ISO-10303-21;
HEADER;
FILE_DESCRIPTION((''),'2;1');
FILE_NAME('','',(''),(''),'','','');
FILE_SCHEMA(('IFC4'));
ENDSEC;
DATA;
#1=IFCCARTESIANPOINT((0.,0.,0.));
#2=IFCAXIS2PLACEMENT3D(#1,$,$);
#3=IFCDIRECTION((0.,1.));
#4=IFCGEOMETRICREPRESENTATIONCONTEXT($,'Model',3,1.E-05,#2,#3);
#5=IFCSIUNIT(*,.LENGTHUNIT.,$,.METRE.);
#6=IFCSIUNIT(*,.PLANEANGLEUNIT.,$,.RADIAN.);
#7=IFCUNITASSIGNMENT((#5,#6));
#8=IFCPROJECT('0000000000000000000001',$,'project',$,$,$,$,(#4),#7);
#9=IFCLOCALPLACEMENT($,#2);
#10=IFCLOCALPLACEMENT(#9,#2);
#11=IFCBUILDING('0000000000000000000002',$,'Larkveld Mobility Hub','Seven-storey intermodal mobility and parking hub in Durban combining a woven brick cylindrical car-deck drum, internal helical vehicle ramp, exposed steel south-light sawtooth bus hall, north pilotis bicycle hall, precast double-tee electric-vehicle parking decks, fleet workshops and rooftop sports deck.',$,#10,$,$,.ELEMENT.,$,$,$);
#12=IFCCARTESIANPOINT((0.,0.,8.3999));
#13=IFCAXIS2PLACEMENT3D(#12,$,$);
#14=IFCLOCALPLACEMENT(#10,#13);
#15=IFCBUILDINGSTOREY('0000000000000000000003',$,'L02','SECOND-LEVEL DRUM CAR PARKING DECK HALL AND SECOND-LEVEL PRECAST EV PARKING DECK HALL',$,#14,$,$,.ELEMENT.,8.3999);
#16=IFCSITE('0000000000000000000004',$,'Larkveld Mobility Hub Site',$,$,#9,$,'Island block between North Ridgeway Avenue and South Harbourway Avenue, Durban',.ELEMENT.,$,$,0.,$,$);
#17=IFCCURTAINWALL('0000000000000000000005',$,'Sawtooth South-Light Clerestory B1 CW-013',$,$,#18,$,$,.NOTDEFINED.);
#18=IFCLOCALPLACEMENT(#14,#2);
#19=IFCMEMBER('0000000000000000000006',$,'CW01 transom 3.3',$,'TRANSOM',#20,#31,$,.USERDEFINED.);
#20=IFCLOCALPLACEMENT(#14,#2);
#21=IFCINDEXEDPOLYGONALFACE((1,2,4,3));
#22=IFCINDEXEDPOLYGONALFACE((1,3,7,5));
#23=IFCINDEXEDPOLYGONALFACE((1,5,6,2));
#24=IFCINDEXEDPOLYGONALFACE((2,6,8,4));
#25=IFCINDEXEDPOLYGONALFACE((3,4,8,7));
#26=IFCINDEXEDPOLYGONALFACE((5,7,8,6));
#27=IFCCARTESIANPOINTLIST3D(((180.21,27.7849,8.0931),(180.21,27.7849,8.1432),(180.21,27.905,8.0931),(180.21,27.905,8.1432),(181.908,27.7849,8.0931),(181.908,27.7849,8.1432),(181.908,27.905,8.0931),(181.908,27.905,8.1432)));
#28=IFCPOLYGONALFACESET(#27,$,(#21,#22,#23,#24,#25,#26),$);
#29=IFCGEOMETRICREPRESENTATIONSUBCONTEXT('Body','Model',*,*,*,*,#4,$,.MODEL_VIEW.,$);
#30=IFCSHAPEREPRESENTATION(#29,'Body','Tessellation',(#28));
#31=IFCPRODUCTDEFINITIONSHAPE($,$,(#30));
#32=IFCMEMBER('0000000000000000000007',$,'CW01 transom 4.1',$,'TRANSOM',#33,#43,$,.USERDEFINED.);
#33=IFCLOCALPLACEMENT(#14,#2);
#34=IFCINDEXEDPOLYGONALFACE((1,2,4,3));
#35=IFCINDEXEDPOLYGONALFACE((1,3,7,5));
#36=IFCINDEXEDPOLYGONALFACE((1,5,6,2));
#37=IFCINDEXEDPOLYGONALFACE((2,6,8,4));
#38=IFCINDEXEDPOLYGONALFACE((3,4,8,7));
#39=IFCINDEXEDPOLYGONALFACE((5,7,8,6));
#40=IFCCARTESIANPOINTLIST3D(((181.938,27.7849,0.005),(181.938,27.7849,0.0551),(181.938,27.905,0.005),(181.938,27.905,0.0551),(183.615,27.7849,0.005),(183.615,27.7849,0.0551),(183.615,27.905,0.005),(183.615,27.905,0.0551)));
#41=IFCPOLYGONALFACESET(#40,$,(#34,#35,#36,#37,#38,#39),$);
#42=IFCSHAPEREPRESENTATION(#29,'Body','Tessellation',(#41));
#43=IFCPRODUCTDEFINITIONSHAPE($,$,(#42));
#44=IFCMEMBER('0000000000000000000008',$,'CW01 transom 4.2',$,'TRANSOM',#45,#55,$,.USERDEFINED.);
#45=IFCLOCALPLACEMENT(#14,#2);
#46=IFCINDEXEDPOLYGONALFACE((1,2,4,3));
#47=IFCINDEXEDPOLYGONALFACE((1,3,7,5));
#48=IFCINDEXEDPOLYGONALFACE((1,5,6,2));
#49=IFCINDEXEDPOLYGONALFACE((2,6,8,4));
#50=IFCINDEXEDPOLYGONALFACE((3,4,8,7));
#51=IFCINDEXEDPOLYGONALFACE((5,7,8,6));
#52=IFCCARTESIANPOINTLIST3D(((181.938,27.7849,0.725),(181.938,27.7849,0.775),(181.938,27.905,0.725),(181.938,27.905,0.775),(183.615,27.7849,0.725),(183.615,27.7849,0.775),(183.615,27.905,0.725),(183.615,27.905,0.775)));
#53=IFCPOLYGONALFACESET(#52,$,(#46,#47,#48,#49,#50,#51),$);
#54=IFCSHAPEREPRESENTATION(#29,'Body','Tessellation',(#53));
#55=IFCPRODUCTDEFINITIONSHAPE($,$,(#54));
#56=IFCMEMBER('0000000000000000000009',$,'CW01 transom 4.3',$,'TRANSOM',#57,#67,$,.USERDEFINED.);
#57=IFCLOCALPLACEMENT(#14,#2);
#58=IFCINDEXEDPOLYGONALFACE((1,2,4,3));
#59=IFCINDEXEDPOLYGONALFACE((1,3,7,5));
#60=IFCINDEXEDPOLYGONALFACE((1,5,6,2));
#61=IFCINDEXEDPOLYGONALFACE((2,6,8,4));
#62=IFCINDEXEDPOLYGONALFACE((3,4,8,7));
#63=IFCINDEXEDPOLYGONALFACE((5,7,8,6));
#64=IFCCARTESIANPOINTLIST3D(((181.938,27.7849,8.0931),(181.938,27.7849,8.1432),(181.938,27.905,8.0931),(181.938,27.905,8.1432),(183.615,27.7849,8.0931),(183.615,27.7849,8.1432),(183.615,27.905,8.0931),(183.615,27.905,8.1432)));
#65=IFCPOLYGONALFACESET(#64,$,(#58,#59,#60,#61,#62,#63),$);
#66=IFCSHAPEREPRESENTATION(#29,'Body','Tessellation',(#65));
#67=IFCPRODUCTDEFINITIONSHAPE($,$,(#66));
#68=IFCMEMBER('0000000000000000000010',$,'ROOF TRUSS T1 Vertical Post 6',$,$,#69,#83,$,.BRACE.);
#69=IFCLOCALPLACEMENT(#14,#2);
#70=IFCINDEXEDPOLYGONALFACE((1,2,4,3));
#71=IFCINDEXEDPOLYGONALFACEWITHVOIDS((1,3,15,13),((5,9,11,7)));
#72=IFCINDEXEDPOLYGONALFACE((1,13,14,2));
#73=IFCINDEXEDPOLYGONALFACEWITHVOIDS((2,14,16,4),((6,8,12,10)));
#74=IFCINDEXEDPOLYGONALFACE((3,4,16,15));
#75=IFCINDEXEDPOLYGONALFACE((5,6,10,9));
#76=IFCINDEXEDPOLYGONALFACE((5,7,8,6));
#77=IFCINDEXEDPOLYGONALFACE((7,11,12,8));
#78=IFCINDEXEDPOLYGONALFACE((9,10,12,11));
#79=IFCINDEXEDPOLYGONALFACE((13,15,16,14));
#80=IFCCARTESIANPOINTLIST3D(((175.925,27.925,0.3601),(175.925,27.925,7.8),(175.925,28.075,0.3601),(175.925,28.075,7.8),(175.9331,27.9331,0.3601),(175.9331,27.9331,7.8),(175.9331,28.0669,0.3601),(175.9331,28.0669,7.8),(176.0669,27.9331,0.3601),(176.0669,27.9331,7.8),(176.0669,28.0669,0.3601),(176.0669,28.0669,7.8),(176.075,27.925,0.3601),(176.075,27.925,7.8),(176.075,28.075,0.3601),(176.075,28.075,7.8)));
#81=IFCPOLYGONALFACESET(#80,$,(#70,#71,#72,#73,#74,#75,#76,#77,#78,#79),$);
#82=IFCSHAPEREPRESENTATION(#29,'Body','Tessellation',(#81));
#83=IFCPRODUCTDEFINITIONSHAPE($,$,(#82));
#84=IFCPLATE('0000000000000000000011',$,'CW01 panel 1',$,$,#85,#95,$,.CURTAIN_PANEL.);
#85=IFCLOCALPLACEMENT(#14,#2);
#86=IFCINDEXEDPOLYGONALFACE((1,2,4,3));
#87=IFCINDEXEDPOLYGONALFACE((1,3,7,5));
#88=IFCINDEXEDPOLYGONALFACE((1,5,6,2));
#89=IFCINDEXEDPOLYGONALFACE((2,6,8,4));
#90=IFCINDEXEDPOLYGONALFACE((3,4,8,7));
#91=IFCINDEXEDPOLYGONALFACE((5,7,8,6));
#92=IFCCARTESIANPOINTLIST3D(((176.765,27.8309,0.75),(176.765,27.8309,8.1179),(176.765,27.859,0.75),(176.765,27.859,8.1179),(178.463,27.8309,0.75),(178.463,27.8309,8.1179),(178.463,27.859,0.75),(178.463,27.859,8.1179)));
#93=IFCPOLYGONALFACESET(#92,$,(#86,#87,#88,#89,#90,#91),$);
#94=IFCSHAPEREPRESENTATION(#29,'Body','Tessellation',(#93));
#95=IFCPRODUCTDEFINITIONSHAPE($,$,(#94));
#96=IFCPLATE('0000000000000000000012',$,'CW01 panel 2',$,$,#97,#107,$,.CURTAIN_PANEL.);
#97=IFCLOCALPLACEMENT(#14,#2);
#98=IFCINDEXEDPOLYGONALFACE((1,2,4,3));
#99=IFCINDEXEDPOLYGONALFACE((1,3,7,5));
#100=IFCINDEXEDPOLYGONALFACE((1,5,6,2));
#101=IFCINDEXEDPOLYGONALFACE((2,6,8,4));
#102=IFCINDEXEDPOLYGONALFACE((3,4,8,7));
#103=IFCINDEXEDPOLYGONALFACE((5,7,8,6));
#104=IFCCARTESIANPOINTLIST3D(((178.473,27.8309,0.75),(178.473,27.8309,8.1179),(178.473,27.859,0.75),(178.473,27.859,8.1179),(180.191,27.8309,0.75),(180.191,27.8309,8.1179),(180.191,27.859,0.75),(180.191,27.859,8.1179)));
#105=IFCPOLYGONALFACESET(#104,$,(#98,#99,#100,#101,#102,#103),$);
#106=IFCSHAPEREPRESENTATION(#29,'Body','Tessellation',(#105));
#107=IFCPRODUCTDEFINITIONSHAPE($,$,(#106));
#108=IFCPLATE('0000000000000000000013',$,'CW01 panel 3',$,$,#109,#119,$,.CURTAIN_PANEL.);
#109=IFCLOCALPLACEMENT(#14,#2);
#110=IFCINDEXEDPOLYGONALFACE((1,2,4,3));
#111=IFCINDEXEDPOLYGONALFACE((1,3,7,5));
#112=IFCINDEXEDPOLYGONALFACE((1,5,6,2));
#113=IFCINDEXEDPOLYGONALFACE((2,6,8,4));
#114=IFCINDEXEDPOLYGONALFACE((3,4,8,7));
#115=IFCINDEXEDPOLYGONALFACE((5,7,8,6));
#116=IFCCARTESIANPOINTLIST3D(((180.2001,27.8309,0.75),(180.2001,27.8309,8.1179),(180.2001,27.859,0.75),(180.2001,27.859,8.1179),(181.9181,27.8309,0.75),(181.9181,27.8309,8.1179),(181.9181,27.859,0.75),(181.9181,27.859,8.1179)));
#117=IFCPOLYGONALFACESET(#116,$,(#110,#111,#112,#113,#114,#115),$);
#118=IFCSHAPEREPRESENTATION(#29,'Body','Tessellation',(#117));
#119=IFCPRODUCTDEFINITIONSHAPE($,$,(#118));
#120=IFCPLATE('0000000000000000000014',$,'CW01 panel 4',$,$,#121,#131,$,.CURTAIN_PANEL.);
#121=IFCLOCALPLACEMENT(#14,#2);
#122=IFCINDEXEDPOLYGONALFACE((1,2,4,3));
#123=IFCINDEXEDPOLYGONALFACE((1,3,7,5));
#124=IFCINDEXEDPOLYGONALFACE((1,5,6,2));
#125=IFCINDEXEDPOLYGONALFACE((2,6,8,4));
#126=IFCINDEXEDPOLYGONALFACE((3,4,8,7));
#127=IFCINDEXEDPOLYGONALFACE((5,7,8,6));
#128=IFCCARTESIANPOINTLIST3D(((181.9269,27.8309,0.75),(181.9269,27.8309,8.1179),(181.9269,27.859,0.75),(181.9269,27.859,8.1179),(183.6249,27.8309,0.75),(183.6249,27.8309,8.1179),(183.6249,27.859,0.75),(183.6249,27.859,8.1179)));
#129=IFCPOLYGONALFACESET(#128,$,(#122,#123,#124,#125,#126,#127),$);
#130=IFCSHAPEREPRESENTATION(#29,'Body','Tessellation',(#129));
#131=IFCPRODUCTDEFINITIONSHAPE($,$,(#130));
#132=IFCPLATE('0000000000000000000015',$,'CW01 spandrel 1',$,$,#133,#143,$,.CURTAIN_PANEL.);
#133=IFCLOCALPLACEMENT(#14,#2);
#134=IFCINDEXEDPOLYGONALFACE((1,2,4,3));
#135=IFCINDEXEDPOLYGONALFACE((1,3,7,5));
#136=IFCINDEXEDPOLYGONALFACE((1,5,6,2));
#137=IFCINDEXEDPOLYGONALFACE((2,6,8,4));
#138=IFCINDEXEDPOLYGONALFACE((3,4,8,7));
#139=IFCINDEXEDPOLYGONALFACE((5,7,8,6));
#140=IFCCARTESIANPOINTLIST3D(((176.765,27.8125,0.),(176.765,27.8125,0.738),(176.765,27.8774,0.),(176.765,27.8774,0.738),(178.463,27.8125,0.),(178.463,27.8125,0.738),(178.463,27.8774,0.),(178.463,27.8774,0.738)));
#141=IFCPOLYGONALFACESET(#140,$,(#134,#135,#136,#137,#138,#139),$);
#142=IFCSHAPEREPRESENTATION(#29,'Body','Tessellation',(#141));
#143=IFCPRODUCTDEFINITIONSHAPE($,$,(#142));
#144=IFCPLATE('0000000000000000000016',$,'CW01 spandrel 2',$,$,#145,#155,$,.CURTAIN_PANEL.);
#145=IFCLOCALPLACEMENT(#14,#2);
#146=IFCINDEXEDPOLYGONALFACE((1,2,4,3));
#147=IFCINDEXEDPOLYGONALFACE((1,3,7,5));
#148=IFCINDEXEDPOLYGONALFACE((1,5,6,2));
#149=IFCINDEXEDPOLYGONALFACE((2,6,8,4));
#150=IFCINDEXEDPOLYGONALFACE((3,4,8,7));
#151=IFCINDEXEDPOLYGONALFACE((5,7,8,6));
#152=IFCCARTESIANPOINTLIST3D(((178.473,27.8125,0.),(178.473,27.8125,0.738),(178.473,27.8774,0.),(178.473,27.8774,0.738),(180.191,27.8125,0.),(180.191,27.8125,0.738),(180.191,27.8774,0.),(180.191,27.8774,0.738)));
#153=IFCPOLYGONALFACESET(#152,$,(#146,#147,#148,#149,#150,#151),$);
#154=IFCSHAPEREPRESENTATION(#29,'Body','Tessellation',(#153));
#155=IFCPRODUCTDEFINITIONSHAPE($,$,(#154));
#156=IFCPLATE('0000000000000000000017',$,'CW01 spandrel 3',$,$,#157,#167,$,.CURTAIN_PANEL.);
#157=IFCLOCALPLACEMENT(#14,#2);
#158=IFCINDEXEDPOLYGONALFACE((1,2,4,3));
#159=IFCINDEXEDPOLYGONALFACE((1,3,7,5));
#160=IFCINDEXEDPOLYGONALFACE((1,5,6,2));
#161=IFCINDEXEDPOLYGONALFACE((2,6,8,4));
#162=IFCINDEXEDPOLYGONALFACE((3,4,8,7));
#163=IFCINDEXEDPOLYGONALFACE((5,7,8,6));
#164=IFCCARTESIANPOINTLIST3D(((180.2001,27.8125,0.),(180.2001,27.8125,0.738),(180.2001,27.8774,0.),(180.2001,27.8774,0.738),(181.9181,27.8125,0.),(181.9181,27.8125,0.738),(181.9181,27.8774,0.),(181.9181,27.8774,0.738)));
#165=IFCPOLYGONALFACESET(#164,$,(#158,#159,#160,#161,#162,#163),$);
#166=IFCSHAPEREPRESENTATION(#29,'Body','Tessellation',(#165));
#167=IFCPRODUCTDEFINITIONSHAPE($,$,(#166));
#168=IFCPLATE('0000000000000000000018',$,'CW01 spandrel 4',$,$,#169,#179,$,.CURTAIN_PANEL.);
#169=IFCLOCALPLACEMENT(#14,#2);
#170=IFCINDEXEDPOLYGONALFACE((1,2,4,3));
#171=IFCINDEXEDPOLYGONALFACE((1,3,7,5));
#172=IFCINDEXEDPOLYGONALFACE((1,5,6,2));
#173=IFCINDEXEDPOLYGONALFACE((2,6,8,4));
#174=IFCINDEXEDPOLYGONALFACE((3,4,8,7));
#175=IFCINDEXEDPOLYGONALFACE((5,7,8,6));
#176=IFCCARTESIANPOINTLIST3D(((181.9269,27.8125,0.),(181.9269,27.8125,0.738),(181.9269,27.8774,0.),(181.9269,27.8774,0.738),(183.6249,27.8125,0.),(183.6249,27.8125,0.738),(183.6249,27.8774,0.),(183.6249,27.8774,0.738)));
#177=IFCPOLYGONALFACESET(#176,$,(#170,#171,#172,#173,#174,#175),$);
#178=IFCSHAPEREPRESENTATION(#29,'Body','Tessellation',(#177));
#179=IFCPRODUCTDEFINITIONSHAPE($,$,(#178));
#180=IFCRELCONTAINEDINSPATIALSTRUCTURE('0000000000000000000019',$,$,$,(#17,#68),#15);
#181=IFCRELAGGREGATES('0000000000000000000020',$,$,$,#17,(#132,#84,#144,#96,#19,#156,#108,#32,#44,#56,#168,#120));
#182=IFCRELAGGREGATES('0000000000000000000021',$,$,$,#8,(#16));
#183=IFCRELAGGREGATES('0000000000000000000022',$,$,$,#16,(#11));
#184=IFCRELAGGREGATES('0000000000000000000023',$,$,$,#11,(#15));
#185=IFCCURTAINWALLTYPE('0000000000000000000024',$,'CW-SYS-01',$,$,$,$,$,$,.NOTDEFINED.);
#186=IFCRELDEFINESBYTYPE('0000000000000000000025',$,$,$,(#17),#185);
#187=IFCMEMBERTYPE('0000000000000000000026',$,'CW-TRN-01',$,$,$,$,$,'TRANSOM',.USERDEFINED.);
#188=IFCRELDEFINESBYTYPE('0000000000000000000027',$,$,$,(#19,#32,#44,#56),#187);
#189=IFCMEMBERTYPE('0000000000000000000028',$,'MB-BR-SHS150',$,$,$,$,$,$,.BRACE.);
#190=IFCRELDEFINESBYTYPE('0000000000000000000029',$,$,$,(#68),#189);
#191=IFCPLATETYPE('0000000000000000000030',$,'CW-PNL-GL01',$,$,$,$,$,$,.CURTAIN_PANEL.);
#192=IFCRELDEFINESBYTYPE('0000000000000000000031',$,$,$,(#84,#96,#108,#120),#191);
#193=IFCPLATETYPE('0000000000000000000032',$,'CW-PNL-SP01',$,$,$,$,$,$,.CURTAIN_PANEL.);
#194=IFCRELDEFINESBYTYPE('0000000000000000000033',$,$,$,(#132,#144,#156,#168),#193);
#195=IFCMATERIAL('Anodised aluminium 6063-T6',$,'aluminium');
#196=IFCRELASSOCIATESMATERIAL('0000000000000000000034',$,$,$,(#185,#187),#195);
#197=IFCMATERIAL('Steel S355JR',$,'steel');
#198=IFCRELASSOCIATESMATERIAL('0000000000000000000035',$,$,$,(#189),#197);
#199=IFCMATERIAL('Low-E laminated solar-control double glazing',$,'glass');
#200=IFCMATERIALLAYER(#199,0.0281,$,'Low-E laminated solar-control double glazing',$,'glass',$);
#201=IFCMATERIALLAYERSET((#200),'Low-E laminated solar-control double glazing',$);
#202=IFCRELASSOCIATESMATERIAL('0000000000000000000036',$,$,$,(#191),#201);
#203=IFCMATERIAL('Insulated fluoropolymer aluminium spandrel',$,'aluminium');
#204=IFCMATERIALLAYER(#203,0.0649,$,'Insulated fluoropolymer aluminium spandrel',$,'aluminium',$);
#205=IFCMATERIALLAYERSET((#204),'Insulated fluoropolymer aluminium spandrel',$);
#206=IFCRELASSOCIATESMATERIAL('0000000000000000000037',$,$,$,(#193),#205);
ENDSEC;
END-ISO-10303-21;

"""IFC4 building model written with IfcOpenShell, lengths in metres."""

from ifc_helpers import new_model, si_unit, direction, frame, origin, origin_2d, place, context, subcontext, project, spatial, rectangle, hollow_rectangle, extrude, material, layer, layer_set, material_profile, profile_set, type_object, element, aggregate, save


model = new_model("IFC4")

# Units and contexts
model_context = context("Model", 3, precision=1e-05, world=origin(), true_north=direction((0.0, 1.0)))
body_context = subcontext(model_context, "Body", "Model", "MODEL_VIEW")
ifc_project = project(units=[si_unit("LENGTHUNIT", "METRE"), si_unit("PLANEANGLEUNIT", "RADIAN")], contexts=[model_context])

# Site, building, storey
site_placement = place(None, origin())
site = spatial("IfcSite", under=ifc_project, at=site_placement, Name="Larkveld Mobility Hub Site", LongName="Island block between North Ridgeway Avenue and South Harbourway Avenue, Durban", CompositionType="ELEMENT", RefElevation=0.0)
building_placement = place(site_placement, origin())
building = spatial("IfcBuilding", under=site, at=building_placement, Name="Larkveld Mobility Hub", Description="Seven-storey intermodal mobility and parking hub in Durban combining a woven brick cylindrical car-deck drum, internal helical vehicle ramp, exposed steel south-light sawtooth bus hall, north pilotis bicycle hall, precast double-tee electric-vehicle parking decks, fleet workshops and rooftop sports deck.", CompositionType="ELEMENT")
storey_placement = place(building_placement, frame((0.0, 0.0, 8.3999)))
storey = spatial("IfcBuildingStorey", under=building, at=storey_placement, Name="L02", Description="SECOND-LEVEL DRUM CAR PARKING DECK HALL AND SECOND-LEVEL PRECAST EV PARKING DECK HALL", CompositionType="ELEMENT", Elevation=8.3999)

# Curtain wall, members
ifc_material_1 = material(Name="Anodised aluminium 6063-T6", Category="aluminium")
curtain_wall_type = type_object("IfcCurtainWallType", Name="CW-SYS-01", PredefinedType="NOTDEFINED", material=ifc_material_1)
curtain_wall_placement = place(storey_placement, origin())
curtain_wall = element("IfcCurtainWall", 1, at=curtain_wall_placement, inside=storey, type_object=curtain_wall_type, Name="Sawtooth South-Light Clerestory B1 CW-013", PredefinedType="NOTDEFINED")
ifc_material_profile_1 = material_profile(ifc_material_1, rectangle(XDim=0.1201, YDim=0.05, at=origin_2d()), Name="ALU TRAN 50x120")
ifc_profile_set_1 = profile_set([ifc_material_profile_1], Name="Anodised aluminium 6063-T6")
member_type_1 = type_object("IfcMemberType", Name="CW-TRN-01", ElementType="TRANSOM", PredefinedType="USERDEFINED", material=ifc_profile_set_1)
member_1_placement = place(storey_placement, frame((180.21, 27.845, 8.1182), z_axis=(1.0, 0.0, 0.0), x_axis=(0.0, 1.0, 0.0)))
member_1 = element("IfcMember", 2, at=member_1_placement, type_object=member_type_1, Name="CW01 transom 3.3", ObjectType="TRANSOM", PredefinedType="USERDEFINED", context=body_context, shape_type="SweptSolid", body=[
    extrude(rectangle(XDim=0.1201, YDim=0.05, at=origin_2d()), origin(), (0.0, 0.0, 1.0), 1.698),
])
member_2_placement = place(storey_placement, frame((181.938, 27.845, 0.03), z_axis=(1.0, 0.0, 0.0), x_axis=(0.0, 1.0, 0.0)))
member_2 = element("IfcMember", 3, at=member_2_placement, type_object=member_type_1, Name="CW01 transom 4.1", ObjectType="TRANSOM", PredefinedType="USERDEFINED", context=body_context, shape_type="SweptSolid", body=[
    extrude(rectangle(XDim=0.1201, YDim=0.05, at=origin_2d()), origin(), (0.0, 0.0, 1.0), 1.677),
])
member_3_placement = place(storey_placement, frame((181.938, 27.845, 0.75), z_axis=(1.0, 0.0, 0.0), x_axis=(0.0, 1.0, 0.0)))
member_3 = element("IfcMember", 4, at=member_3_placement, type_object=member_type_1, Name="CW01 transom 4.2", ObjectType="TRANSOM", PredefinedType="USERDEFINED", context=body_context, shape_type="SweptSolid", body=[
    extrude(rectangle(XDim=0.1201, YDim=0.05, at=origin_2d()), origin(), (0.0, 0.0, 1.0), 1.677),
])
member_4_placement = place(storey_placement, frame((181.938, 27.845, 8.1182), z_axis=(1.0, 0.0, 0.0), x_axis=(0.0, 1.0, 0.0)))
member_4 = element("IfcMember", 5, at=member_4_placement, type_object=member_type_1, Name="CW01 transom 4.3", ObjectType="TRANSOM", PredefinedType="USERDEFINED", context=body_context, shape_type="SweptSolid", body=[
    extrude(rectangle(XDim=0.1201, YDim=0.05, at=origin_2d()), origin(), (0.0, 0.0, 1.0), 1.677),
])

# Member
ifc_material_2 = material(Name="Steel S355JR", Category="steel")
ifc_material_profile_2 = material_profile(ifc_material_2, hollow_rectangle(XDim=0.1499, YDim=0.1499, WallThickness=0.0081, at=origin_2d()), Name="SHS 150x150x8")
ifc_profile_set_2 = profile_set([ifc_material_profile_2], Name="Steel S355JR")
member_type_2 = type_object("IfcMemberType", Name="MB-BR-SHS150", PredefinedType="BRACE", material=ifc_profile_set_2)
member_5_placement = place(storey_placement, frame((176.0, 28.0, 0.3601), z_axis=(0.0, 0.0, 1.0), x_axis=(1.0, 0.0, 0.0)))
element("IfcMember", 6, at=member_5_placement, inside=storey, type_object=member_type_2, Name="ROOF TRUSS T1 Vertical Post 6", PredefinedType="BRACE", context=body_context, shape_type="SweptSolid", body=[
    extrude(hollow_rectangle(XDim=0.1499, YDim=0.1499, WallThickness=0.0081, at=origin_2d()), origin(), (0.0, 0.0, 1.0), 7.4399),
])

# Plates
ifc_material_3 = material(Name="Low-E laminated solar-control double glazing", Category="glass")
ifc_layer_1 = layer(ifc_material_3, 0.0281, Name="Low-E laminated solar-control double glazing", Category="glass")
ifc_layer_set_1 = layer_set([ifc_layer_1], Name="Low-E laminated solar-control double glazing")
plate_type_1 = type_object("IfcPlateType", Name="CW-PNL-GL01", PredefinedType="CURTAIN_PANEL", material=ifc_layer_set_1)
plate_1_placement = place(storey_placement, frame((177.614, 27.845, 0.75), z_axis=(0.0, 0.0, 1.0), x_axis=(1.0, 0.0, 0.0)))
plate_1 = element("IfcPlate", 7, at=plate_1_placement, type_object=plate_type_1, Name="CW01 panel 1", PredefinedType="CURTAIN_PANEL", context=body_context, shape_type="SweptSolid", body=[
    extrude(rectangle(XDim=1.698, YDim=0.0281, at=origin_2d()), origin(), (0.0, 0.0, 1.0), 7.3679),
])
plate_2_placement = place(storey_placement, frame((179.332, 27.845, 0.75), z_axis=(0.0, 0.0, 1.0), x_axis=(1.0, 0.0, 0.0)))
plate_2 = element("IfcPlate", 8, at=plate_2_placement, type_object=plate_type_1, Name="CW01 panel 2", PredefinedType="CURTAIN_PANEL", context=body_context, shape_type="SweptSolid", body=[
    extrude(rectangle(XDim=1.718, YDim=0.0281, at=origin_2d()), origin(), (0.0, 0.0, 1.0), 7.3679),
])
plate_3_placement = place(storey_placement, frame((181.0591, 27.845, 0.75), z_axis=(0.0, 0.0, 1.0), x_axis=(1.0, 0.0, 0.0)))
plate_3 = element("IfcPlate", 9, at=plate_3_placement, type_object=plate_type_1, Name="CW01 panel 3", PredefinedType="CURTAIN_PANEL", context=body_context, shape_type="SweptSolid", body=[
    extrude(rectangle(XDim=1.718, YDim=0.0281, at=origin_2d()), origin(), (0.0, 0.0, 1.0), 7.3679),
])
plate_4_placement = place(storey_placement, frame((182.7759, 27.845, 0.75), z_axis=(0.0, 0.0, 1.0), x_axis=(1.0, 0.0, 0.0)))
plate_4 = element("IfcPlate", 10, at=plate_4_placement, type_object=plate_type_1, Name="CW01 panel 4", PredefinedType="CURTAIN_PANEL", context=body_context, shape_type="SweptSolid", body=[
    extrude(rectangle(XDim=1.698, YDim=0.0281, at=origin_2d()), origin(), (0.0, 0.0, 1.0), 7.3679),
])
ifc_material_4 = material(Name="Insulated fluoropolymer aluminium spandrel", Category="aluminium")
ifc_layer_2 = layer(ifc_material_4, 0.0649, Name="Insulated fluoropolymer aluminium spandrel", Category="aluminium")
ifc_layer_set_2 = layer_set([ifc_layer_2], Name="Insulated fluoropolymer aluminium spandrel")
plate_type_2 = type_object("IfcPlateType", Name="CW-PNL-SP01", PredefinedType="CURTAIN_PANEL", material=ifc_layer_set_2)
plate_5_placement = place(storey_placement, frame((177.614, 27.845, 0.0), z_axis=(0.0, 0.0, 1.0), x_axis=(1.0, 0.0, 0.0)))
plate_5 = element("IfcPlate", 11, at=plate_5_placement, type_object=plate_type_2, Name="CW01 spandrel 1", PredefinedType="CURTAIN_PANEL", context=body_context, shape_type="SweptSolid", body=[
    extrude(rectangle(XDim=1.698, YDim=0.0649, at=origin_2d()), origin(), (0.0, 0.0, 1.0), 0.738),
])
plate_6_placement = place(storey_placement, frame((179.332, 27.845, 0.0), z_axis=(0.0, 0.0, 1.0), x_axis=(1.0, 0.0, 0.0)))
plate_6 = element("IfcPlate", 12, at=plate_6_placement, type_object=plate_type_2, Name="CW01 spandrel 2", PredefinedType="CURTAIN_PANEL", context=body_context, shape_type="SweptSolid", body=[
    extrude(rectangle(XDim=1.718, YDim=0.0649, at=origin_2d()), origin(), (0.0, 0.0, 1.0), 0.738),
])
plate_7_placement = place(storey_placement, frame((181.0591, 27.845, 0.0), z_axis=(0.0, 0.0, 1.0), x_axis=(1.0, 0.0, 0.0)))
plate_7 = element("IfcPlate", 13, at=plate_7_placement, type_object=plate_type_2, Name="CW01 spandrel 3", PredefinedType="CURTAIN_PANEL", context=body_context, shape_type="SweptSolid", body=[
    extrude(rectangle(XDim=1.718, YDim=0.0649, at=origin_2d()), origin(), (0.0, 0.0, 1.0), 0.738),
])
plate_8_placement = place(storey_placement, frame((182.7759, 27.845, 0.0), z_axis=(0.0, 0.0, 1.0), x_axis=(1.0, 0.0, 0.0)))
plate_8 = element("IfcPlate", 14, at=plate_8_placement, type_object=plate_type_2, Name="CW01 spandrel 4", PredefinedType="CURTAIN_PANEL", context=body_context, shape_type="SweptSolid", body=[
    extrude(rectangle(XDim=1.698, YDim=0.0649, at=origin_2d()), origin(), (0.0, 0.0, 1.0), 0.738),
])
aggregate(curtain_wall, [plate_5, plate_1, plate_6, plate_2, member_1, plate_7, plate_3, member_2, member_3, member_4, plate_8, plate_4])

save(model, "model.ifc")
